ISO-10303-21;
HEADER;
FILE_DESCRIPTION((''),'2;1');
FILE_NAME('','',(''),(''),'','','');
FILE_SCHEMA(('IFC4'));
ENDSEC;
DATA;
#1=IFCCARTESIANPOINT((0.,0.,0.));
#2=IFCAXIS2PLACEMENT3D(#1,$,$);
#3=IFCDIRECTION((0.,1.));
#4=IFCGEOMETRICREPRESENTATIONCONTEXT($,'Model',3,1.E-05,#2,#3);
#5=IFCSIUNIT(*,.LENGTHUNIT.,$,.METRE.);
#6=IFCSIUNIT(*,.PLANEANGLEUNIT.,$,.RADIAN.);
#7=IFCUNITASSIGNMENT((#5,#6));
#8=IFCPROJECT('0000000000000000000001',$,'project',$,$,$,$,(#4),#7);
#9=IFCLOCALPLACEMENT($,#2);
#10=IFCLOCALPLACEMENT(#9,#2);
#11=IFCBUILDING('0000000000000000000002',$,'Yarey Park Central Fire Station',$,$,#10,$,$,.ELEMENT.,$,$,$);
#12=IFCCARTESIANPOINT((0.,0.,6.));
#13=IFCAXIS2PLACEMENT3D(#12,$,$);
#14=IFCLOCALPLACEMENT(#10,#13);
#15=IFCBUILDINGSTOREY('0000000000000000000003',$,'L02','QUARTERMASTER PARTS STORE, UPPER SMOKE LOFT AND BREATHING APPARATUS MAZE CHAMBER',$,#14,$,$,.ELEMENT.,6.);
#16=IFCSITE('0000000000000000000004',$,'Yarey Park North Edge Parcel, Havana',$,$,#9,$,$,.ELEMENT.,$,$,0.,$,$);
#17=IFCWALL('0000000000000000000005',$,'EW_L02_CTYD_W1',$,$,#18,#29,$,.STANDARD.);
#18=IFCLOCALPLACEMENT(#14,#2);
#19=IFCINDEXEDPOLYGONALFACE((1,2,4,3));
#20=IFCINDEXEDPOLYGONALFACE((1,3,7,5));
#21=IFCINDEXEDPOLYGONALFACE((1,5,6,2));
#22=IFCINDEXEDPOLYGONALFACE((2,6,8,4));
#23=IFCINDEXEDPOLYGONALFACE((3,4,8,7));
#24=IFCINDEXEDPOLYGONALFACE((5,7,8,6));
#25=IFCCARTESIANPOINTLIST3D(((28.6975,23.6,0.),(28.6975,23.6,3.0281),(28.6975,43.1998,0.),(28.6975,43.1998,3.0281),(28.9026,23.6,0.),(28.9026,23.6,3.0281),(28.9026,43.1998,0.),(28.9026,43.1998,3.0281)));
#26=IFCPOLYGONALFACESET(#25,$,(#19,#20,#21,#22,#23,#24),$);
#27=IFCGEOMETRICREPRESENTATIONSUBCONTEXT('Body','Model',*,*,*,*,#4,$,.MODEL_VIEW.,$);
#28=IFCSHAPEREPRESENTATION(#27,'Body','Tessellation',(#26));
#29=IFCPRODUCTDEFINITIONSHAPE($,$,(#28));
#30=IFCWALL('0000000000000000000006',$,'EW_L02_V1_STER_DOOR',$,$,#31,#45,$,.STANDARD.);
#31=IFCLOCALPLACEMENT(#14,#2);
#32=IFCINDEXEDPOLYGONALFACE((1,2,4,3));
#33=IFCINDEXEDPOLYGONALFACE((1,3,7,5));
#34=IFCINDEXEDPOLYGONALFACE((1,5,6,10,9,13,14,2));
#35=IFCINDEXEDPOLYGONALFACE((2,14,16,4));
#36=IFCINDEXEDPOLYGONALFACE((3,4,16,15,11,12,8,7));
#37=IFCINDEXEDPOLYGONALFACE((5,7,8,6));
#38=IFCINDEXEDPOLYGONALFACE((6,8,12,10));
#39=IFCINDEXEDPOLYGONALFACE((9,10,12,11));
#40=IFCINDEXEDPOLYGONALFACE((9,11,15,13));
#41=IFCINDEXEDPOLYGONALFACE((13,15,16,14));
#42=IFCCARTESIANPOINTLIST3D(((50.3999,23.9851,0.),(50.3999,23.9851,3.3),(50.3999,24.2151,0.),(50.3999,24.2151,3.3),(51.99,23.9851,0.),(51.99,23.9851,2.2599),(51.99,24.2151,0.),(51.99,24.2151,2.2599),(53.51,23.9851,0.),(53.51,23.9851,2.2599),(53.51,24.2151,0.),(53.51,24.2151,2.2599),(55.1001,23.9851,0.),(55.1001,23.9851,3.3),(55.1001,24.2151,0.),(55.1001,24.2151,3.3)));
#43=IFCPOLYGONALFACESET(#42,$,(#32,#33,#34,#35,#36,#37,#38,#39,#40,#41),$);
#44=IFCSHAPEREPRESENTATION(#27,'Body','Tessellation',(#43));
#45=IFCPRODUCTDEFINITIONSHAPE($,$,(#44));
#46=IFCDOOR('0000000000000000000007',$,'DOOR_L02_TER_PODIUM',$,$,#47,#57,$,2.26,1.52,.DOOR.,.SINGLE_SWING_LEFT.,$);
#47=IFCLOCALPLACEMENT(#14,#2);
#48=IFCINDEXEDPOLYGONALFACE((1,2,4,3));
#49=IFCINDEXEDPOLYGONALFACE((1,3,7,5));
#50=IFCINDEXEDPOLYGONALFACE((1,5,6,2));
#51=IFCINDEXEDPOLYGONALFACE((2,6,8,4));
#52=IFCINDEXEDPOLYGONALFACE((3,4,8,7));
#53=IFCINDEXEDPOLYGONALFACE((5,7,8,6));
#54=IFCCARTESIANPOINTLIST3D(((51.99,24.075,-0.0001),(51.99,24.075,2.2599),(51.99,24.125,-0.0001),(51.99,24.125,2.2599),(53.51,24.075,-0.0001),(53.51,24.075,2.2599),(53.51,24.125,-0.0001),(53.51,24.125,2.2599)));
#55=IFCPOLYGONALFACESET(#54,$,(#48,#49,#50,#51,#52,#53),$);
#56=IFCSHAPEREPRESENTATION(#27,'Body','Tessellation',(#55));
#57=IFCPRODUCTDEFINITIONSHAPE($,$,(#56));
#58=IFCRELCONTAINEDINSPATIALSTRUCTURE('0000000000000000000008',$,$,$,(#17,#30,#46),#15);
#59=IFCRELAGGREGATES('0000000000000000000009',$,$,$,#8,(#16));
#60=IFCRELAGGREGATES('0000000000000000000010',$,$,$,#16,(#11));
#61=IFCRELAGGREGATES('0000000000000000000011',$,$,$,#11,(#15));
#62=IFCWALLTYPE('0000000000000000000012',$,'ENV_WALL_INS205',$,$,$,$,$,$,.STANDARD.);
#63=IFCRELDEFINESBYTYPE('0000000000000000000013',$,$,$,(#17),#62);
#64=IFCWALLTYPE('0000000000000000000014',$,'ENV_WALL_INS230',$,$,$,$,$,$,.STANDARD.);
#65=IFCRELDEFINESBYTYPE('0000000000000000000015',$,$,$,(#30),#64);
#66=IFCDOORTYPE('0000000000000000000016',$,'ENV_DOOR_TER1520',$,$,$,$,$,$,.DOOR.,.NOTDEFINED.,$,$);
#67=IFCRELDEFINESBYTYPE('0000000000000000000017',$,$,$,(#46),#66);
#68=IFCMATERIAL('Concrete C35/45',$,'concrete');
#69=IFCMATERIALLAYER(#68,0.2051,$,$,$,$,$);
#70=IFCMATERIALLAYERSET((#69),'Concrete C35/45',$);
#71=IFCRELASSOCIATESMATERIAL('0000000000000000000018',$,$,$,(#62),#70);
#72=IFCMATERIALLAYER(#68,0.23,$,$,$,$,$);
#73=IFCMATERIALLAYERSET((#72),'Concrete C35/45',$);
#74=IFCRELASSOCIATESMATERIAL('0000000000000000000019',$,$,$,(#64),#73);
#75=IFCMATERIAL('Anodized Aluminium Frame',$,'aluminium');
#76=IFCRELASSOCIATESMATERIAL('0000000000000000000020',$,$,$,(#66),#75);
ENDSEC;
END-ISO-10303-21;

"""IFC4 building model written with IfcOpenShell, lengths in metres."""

from ifc_helpers import new_model, si_unit, direction, frame, frame_2d, origin, place, context, subcontext, project, spatial, rectangle, extrude, material, layer, layer_set, type_object, element, fill, save


model = new_model("IFC4")

# Units and contexts
model_context = context("Model", 3, precision=1e-05, world=origin(), true_north=direction((0.0, 1.0)))
body_context = subcontext(model_context, "Body", "Model", "MODEL_VIEW")
ifc_project = project(units=[si_unit("LENGTHUNIT", "METRE"), si_unit("PLANEANGLEUNIT", "RADIAN")], contexts=[model_context])

# Site, building, storey
site_placement = place(None, origin())
site = spatial("IfcSite", under=ifc_project, at=site_placement, Name="Yarey Park North Edge Parcel, Havana", CompositionType="ELEMENT", RefElevation=0.0)
building_placement = place(site_placement, origin())
building = spatial("IfcBuilding", under=site, at=building_placement, Name="Yarey Park Central Fire Station", CompositionType="ELEMENT")
storey_placement = place(building_placement, frame((0.0, 0.0, 6.0)))
storey = spatial("IfcBuildingStorey", under=building, at=storey_placement, Name="L02", Description="QUARTERMASTER PARTS STORE, UPPER SMOKE LOFT AND BREATHING APPARATUS MAZE CHAMBER", CompositionType="ELEMENT", Elevation=6.0)

# Shared definitions
ifc_material_1 = material(Name="Anodized Aluminium Frame", Category="aluminium")

# Wall
ifc_material_2 = material(Name="Concrete C35/45", Category="concrete")
ifc_layer_1 = layer(ifc_material_2, 0.2051)
ifc_layer_set_1 = layer_set([ifc_layer_1], Name="Concrete C35/45")
wall_type_1 = type_object("IfcWallType", Name="ENV_WALL_INS205", PredefinedType="STANDARD", material=ifc_layer_set_1)
wall_1_placement = place(storey_placement, frame((28.8, 23.6001, 0.0), z_axis=(0.0, 0.0, 1.0), x_axis=(0.0, 1.0, 0.0)))
element("IfcWall", 1, at=wall_1_placement, inside=storey, type_object=wall_type_1, Name="EW_L02_CTYD_W1", PredefinedType="STANDARD", context=body_context, shape_type="SweptSolid", body=[
    extrude(rectangle(XDim=19.5999, YDim=0.2051, at=frame_2d((9.7998, 0.0))), origin(), (0.0, 0.0, 1.0), 3.0281),
])

# Wall, opening, door
ifc_layer_2 = layer(ifc_material_2, 0.23)
ifc_layer_set_2 = layer_set([ifc_layer_2], Name="Concrete C35/45")
wall_type_2 = type_object("IfcWallType", Name="ENV_WALL_INS230", PredefinedType="STANDARD", material=ifc_layer_set_2)
wall_2_placement = place(storey_placement, frame((50.3999, 24.1001, 0.0), z_axis=(0.0, 0.0, 1.0), x_axis=(1.0, 0.0, 0.0)))
wall_2 = element("IfcWall", 2, at=wall_2_placement, inside=storey, type_object=wall_type_2, Name="EW_L02_V1_STER_DOOR", PredefinedType="STANDARD", context=body_context, shape_type="SweptSolid", body=[
    extrude(rectangle(XDim=4.7002, YDim=0.23, at=frame_2d((2.3501, 0.0))), origin(), (0.0, 0.0, 1.0), 3.3),
])
opening_placement = place(wall_2_placement, frame((1.5901, 0.0, 0.0)))
opening = element("IfcOpeningElement", 3, at=opening_placement, cuts=wall_2, PredefinedType="OPENING", context=body_context, shape_type="SweptSolid", body=[
    extrude(rectangle(XDim=1.52, YDim=2.26, at=frame_2d((0.76, 1.1299))), frame((0.0, 0.125, 0.0), z_axis=(0.0, -1.0, 0.0), x_axis=(1.0, 0.0, 0.0)), (0.0, 0.0, 1.0), 0.25),
])
door_type = type_object("IfcDoorType", Name="ENV_DOOR_TER1520", OperationType="NOTDEFINED", PredefinedType="DOOR", material=ifc_material_1)
door_placement = place(opening_placement, origin())
door = element("IfcDoor", 4, at=door_placement, inside=storey, type_object=door_type, Name="DOOR_L02_TER_PODIUM", OperationType="SINGLE_SWING_LEFT", OverallHeight=2.26, OverallWidth=1.52, PredefinedType="DOOR", context=body_context, shape_type="SweptSolid", body=[
    extrude(rectangle(XDim=1.52, YDim=2.26, at=frame_2d((0.76, 1.1299))), frame((0.0, 0.0249, 0.0), z_axis=(0.0, -1.0, 0.0), x_axis=(1.0, 0.0, 0.0)), (0.0, 0.0, 1.0), 0.05),
])
fill(opening, door)

save(model, "model.ifc")
